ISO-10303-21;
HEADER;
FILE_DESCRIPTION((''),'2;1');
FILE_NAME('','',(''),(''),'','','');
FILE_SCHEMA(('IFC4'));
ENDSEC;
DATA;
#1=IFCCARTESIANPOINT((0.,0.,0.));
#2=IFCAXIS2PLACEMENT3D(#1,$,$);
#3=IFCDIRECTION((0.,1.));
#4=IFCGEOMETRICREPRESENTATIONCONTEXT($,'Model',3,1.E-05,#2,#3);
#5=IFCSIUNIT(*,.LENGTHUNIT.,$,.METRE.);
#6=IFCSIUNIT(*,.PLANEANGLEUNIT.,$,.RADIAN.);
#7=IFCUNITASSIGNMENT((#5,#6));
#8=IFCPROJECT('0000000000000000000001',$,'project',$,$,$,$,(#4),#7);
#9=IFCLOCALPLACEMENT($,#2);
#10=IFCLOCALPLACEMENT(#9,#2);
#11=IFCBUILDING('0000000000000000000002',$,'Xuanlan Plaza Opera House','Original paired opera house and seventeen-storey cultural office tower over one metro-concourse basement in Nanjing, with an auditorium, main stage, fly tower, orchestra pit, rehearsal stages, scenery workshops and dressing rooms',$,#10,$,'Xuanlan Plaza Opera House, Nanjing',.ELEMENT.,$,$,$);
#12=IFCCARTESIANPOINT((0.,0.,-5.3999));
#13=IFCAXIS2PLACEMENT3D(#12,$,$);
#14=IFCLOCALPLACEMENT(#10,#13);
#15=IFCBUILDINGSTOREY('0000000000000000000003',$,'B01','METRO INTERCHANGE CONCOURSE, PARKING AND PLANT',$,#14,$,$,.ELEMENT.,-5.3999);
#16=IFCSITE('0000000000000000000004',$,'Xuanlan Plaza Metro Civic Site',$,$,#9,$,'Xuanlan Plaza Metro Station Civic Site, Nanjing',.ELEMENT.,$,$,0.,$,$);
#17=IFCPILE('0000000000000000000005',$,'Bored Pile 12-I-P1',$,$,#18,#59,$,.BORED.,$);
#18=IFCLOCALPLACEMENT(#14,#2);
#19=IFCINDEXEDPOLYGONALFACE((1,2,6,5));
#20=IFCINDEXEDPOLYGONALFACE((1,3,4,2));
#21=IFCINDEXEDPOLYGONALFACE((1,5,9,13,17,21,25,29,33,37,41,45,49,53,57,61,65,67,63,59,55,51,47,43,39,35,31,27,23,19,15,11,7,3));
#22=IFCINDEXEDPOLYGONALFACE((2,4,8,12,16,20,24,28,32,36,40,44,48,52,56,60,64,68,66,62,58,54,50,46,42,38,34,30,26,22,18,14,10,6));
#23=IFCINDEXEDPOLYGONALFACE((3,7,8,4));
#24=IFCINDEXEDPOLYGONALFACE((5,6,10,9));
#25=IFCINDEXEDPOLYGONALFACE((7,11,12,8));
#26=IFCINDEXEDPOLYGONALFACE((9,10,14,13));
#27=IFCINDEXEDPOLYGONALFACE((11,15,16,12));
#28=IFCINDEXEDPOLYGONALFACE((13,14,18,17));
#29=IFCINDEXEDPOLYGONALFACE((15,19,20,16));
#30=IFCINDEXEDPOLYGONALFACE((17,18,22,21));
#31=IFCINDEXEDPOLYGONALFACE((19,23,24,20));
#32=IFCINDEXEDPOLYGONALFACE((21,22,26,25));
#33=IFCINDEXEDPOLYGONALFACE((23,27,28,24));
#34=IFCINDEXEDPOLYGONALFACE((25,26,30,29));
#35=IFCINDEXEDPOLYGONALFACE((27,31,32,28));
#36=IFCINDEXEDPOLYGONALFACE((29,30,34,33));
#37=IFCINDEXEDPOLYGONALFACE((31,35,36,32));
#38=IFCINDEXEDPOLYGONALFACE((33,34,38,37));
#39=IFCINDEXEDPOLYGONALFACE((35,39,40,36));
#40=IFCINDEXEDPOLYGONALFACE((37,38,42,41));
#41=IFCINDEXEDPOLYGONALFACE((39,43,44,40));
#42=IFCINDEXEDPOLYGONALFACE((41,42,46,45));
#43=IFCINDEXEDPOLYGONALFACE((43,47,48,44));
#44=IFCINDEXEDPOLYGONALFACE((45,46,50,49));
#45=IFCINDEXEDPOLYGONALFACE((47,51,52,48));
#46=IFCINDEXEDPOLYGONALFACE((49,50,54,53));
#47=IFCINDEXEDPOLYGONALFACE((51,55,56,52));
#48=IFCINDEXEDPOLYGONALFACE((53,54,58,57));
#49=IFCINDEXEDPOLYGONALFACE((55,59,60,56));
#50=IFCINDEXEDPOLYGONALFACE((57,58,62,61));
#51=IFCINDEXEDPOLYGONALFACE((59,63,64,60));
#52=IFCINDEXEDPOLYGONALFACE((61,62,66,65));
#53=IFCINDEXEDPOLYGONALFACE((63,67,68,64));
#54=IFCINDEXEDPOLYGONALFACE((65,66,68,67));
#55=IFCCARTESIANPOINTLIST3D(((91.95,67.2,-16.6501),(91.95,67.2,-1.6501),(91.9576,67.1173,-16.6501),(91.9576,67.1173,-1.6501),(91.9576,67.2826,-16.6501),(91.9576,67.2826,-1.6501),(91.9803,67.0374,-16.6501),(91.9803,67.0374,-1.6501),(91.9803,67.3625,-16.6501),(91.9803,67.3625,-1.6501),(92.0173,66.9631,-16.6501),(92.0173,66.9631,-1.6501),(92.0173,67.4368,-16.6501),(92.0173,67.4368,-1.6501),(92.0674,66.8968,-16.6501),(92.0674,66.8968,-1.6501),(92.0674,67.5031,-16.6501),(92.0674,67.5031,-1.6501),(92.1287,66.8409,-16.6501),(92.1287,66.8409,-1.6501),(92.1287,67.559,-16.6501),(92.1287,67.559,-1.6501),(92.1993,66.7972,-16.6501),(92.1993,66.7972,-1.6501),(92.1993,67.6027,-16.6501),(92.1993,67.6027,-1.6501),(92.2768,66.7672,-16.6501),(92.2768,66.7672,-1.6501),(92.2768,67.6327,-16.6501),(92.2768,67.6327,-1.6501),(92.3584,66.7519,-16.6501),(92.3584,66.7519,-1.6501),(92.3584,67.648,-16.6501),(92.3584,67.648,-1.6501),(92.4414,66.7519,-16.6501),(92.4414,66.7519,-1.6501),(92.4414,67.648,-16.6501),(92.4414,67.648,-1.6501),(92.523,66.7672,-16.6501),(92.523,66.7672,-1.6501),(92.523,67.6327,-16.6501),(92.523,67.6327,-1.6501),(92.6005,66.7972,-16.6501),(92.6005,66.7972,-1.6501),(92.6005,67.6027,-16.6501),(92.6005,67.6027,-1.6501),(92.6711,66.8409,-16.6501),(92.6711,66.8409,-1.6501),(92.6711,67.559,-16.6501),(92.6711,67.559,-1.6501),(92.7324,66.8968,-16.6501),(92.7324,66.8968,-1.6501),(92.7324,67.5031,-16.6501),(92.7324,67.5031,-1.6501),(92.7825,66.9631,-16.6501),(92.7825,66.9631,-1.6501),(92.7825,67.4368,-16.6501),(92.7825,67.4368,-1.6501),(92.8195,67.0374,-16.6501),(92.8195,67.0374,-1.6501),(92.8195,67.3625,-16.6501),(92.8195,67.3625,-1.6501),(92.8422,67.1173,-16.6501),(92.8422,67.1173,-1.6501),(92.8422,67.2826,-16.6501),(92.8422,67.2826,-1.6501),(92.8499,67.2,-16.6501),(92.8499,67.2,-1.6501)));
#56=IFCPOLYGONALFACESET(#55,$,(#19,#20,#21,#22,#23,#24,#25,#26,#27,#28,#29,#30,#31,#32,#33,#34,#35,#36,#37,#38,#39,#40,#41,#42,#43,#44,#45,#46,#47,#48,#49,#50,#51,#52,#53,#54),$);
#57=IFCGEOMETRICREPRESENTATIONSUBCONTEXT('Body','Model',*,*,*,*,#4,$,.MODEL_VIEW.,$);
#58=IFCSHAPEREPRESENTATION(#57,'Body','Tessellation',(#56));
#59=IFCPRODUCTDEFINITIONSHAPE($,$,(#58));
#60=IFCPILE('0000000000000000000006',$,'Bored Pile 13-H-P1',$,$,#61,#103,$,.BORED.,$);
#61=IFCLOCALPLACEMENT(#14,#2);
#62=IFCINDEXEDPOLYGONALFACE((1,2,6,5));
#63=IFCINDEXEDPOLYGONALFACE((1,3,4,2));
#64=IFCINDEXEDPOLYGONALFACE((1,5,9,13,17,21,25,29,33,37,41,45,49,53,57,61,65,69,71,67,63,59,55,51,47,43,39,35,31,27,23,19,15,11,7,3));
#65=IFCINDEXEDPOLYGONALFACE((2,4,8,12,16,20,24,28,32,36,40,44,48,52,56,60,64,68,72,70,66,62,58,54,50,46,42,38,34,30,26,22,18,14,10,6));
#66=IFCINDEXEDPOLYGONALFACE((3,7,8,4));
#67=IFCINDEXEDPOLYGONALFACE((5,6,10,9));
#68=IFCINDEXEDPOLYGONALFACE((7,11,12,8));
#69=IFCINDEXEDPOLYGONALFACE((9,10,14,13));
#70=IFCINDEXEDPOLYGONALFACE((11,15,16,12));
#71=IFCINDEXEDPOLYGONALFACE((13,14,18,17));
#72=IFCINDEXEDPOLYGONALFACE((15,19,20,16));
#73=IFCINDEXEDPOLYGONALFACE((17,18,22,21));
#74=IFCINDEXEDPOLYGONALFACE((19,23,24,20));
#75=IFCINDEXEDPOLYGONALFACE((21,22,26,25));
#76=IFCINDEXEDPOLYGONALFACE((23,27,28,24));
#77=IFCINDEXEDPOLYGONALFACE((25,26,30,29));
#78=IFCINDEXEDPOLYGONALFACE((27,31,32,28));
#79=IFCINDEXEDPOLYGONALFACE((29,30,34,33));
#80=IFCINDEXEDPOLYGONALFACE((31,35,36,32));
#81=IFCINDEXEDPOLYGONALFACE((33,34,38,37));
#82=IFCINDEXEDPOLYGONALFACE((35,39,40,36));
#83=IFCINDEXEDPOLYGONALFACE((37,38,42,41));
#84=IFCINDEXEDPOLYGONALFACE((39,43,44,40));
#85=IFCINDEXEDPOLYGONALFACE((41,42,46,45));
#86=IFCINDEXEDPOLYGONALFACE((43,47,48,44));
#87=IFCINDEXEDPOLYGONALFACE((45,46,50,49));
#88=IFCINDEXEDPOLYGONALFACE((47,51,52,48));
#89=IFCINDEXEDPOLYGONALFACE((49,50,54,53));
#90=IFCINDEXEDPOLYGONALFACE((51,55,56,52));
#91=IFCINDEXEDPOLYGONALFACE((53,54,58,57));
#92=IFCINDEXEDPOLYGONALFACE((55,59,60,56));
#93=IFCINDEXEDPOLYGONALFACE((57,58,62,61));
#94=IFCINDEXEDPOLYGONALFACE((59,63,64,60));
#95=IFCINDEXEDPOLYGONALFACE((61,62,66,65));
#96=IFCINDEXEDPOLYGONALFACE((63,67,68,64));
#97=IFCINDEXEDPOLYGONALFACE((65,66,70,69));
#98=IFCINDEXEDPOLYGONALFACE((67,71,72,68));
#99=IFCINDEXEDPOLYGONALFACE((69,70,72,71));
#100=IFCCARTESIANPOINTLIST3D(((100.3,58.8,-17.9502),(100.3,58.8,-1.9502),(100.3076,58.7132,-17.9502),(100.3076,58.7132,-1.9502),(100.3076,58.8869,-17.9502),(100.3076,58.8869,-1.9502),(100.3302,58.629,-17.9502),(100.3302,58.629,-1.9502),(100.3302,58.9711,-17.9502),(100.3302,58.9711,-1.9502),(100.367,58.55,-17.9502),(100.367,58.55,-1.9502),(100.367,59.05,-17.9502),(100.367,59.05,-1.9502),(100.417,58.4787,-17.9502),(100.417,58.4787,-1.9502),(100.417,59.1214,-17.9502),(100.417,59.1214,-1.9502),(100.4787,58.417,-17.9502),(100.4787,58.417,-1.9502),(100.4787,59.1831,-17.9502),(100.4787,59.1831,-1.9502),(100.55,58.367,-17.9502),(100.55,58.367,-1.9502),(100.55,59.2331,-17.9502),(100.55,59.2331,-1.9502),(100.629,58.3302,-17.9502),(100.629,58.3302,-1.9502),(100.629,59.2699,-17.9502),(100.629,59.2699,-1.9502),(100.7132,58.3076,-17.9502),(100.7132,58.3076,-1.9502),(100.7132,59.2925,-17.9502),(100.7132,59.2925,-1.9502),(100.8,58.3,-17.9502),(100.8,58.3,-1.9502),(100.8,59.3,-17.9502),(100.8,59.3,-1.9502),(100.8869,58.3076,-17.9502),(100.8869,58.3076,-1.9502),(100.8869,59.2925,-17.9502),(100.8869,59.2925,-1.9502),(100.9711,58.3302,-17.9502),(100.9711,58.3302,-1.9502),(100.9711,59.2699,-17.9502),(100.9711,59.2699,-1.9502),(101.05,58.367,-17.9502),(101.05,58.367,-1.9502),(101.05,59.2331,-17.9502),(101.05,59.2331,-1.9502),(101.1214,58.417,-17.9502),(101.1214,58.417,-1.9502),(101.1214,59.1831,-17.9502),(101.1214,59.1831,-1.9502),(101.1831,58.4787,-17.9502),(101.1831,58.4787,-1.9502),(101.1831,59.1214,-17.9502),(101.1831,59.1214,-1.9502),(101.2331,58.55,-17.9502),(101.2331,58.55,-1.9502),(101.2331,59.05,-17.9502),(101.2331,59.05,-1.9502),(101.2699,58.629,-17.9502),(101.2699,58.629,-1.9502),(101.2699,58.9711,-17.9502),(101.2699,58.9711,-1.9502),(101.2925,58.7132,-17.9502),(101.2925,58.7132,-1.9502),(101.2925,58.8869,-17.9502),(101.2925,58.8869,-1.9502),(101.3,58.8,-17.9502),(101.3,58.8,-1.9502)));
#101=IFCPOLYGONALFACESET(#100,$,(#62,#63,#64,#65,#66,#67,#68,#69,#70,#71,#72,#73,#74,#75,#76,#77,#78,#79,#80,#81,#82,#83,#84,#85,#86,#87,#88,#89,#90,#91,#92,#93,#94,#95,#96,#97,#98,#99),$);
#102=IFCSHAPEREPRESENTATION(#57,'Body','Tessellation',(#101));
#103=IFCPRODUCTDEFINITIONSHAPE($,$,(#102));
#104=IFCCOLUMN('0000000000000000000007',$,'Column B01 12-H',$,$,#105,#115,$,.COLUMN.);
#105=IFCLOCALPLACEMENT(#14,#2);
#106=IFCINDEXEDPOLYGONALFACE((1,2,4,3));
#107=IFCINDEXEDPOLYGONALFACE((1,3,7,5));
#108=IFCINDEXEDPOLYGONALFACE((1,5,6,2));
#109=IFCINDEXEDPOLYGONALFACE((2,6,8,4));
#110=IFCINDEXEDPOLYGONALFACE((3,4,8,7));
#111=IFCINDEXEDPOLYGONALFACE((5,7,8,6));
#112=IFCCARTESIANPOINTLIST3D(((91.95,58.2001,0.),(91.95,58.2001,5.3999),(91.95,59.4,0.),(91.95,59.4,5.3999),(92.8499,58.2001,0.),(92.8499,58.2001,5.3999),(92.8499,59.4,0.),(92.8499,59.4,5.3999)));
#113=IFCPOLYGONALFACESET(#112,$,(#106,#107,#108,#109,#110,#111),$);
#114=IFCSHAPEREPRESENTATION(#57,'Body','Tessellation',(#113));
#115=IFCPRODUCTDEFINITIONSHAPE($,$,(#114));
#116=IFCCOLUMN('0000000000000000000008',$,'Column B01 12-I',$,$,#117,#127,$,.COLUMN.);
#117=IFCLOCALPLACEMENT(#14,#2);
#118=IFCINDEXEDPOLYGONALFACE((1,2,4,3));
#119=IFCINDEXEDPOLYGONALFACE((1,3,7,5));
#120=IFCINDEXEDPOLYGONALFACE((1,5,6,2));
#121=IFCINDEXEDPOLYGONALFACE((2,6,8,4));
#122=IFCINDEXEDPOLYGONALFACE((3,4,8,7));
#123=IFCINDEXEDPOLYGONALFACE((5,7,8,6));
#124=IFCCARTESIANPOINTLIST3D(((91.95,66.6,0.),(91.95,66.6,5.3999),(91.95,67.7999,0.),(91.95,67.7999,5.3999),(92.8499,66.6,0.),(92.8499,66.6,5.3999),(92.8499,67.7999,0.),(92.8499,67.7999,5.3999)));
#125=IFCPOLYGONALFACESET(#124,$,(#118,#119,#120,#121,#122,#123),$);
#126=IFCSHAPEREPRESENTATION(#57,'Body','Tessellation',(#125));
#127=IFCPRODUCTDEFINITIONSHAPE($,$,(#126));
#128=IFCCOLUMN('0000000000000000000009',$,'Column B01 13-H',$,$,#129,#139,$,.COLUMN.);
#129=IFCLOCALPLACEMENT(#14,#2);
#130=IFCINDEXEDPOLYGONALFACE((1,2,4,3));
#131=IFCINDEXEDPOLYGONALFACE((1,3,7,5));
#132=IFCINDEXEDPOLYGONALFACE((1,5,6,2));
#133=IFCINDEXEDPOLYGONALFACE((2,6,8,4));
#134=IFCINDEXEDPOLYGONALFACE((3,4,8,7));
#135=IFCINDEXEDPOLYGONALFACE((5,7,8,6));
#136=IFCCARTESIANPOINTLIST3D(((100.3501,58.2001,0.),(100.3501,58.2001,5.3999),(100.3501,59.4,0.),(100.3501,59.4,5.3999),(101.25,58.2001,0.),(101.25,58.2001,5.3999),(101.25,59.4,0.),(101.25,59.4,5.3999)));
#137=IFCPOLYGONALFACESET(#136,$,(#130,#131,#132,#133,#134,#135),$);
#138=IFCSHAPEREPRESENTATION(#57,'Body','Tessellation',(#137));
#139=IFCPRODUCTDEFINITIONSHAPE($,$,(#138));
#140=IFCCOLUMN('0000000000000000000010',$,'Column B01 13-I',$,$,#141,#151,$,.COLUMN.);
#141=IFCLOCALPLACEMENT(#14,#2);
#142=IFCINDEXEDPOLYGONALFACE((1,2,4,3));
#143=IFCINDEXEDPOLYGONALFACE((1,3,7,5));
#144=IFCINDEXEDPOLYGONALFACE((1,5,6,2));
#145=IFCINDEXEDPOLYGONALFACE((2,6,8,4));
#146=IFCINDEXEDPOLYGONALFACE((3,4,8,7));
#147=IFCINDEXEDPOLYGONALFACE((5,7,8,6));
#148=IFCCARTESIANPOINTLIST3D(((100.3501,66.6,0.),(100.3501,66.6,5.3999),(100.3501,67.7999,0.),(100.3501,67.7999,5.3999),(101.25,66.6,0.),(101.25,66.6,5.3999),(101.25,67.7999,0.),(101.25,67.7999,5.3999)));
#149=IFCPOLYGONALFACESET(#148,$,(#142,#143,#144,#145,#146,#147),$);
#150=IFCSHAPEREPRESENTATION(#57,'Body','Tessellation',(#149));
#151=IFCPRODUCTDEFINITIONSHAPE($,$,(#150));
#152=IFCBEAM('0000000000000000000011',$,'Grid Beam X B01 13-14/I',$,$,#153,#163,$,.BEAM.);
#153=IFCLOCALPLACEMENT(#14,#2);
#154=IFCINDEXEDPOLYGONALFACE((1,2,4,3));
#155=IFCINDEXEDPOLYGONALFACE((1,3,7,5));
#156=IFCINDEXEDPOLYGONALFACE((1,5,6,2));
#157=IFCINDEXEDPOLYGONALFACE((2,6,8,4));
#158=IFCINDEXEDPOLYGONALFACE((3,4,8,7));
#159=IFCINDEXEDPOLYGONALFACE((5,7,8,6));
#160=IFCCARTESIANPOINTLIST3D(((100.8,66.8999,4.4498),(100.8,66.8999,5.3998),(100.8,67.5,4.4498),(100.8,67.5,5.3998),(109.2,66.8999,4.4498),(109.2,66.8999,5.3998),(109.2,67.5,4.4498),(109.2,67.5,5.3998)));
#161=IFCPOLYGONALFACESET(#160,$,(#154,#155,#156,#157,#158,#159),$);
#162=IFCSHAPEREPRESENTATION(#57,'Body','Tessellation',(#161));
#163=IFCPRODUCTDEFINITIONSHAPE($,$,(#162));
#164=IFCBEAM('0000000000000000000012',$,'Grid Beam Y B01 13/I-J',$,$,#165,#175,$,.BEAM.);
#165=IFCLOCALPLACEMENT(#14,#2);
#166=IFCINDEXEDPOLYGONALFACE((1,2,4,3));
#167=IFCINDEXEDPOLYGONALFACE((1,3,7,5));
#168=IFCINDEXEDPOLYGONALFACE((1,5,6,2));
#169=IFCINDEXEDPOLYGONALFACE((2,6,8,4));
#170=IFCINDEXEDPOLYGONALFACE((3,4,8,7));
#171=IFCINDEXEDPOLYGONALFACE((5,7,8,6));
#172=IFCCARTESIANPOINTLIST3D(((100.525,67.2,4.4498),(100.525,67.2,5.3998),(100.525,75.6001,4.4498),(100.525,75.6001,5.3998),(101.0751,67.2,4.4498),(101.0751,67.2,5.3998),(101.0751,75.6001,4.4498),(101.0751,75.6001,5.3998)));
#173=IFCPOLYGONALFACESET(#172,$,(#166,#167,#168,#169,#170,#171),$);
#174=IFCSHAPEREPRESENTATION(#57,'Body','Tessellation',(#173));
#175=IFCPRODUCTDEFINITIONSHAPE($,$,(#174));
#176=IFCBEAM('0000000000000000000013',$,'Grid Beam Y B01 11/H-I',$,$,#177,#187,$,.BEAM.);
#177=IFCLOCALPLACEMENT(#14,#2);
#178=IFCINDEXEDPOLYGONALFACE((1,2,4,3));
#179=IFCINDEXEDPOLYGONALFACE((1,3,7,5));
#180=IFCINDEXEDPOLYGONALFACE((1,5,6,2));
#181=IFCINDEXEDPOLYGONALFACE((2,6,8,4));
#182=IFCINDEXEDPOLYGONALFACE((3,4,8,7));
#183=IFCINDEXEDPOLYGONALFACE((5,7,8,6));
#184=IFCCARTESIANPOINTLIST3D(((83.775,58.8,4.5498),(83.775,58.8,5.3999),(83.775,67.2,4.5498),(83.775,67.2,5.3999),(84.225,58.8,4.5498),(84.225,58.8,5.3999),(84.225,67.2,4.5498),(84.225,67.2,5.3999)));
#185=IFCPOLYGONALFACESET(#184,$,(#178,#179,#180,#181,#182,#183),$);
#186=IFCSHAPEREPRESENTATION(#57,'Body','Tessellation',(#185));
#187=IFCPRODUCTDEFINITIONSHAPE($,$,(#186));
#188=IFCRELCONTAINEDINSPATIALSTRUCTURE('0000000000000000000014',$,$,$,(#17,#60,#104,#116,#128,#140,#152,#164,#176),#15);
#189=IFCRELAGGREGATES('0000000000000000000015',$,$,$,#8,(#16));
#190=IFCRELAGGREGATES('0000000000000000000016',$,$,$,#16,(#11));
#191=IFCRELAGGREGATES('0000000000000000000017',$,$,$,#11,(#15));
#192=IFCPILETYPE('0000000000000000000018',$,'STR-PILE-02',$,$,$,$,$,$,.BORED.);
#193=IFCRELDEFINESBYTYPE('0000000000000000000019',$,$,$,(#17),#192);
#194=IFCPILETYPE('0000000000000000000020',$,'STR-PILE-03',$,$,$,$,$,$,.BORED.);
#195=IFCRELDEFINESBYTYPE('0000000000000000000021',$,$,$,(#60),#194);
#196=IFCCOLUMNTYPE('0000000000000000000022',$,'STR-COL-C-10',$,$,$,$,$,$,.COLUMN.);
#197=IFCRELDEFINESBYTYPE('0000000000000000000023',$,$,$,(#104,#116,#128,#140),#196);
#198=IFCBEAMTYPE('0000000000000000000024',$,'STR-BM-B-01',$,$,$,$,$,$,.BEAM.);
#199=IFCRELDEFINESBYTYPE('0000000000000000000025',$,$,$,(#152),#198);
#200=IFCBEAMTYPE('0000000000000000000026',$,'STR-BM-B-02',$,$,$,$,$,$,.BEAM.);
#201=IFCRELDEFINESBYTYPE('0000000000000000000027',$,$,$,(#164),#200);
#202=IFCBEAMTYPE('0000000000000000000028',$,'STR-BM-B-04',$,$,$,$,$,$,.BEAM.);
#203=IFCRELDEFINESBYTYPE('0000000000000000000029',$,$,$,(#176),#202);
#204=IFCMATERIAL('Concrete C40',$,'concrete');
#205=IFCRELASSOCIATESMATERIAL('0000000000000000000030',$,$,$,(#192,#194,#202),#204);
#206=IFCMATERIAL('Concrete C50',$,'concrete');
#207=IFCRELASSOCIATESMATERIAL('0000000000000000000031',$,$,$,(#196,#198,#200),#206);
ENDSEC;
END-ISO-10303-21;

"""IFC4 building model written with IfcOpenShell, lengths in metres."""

from ifc_helpers import new_model, si_unit, direction, frame, origin, origin_2d, place, context, subcontext, project, spatial, rectangle, circle, extrude, material, material_profile, profile_set, type_object, element, save


model = new_model("IFC4")

# Units and contexts
model_context = context("Model", 3, precision=1e-05, world=origin(), true_north=direction((0.0, 1.0)))
body_context = subcontext(model_context, "Body", "Model", "MODEL_VIEW")
ifc_project = project(units=[si_unit("LENGTHUNIT", "METRE"), si_unit("PLANEANGLEUNIT", "RADIAN")], contexts=[model_context])

# Site, building, storey
site_placement = place(None, origin())
site = spatial("IfcSite", under=ifc_project, at=site_placement, Name="Xuanlan Plaza Metro Civic Site", LongName="Xuanlan Plaza Metro Station Civic Site, Nanjing", CompositionType="ELEMENT", RefElevation=0.0)
building_placement = place(site_placement, origin())
building = spatial("IfcBuilding", under=site, at=building_placement, Name="Xuanlan Plaza Opera House", Description="Original paired opera house and seventeen-storey cultural office tower over one metro-concourse basement in Nanjing, with an auditorium, main stage, fly tower, orchestra pit, rehearsal stages, scenery workshops and dressing rooms", LongName="Xuanlan Plaza Opera House, Nanjing", CompositionType="ELEMENT")
storey_placement = place(building_placement, frame((0.0, 0.0, -5.3999)))
storey = spatial("IfcBuildingStorey", under=building, at=storey_placement, Name="B01", Description="METRO INTERCHANGE CONCOURSE, PARKING AND PLANT", CompositionType="ELEMENT", Elevation=-5.3999)

# Shared definitions
ifc_material_1 = material(Name="Concrete C40", Category="concrete")
ifc_material_2 = material(Name="Concrete C50", Category="concrete")

# Piles
ifc_material_profile_1 = material_profile(ifc_material_1, circle(Radius=0.45, at=origin_2d()), Name="PILE D900")
ifc_profile_set_1 = profile_set([ifc_material_profile_1], Name="Concrete C40")
pile_type_1 = type_object("IfcPileType", Name="STR-PILE-02", PredefinedType="BORED", material=ifc_profile_set_1)
pile_1_placement = place(storey_placement, frame((92.3999, 67.2, -1.6501), z_axis=(0.0, 0.0, -1.0), x_axis=(1.0, 0.0, 0.0)))
element("IfcPile", 1, at=pile_1_placement, inside=storey, type_object=pile_type_1, Name="Bored Pile 12-I-P1", PredefinedType="BORED", context=body_context, shape_type="SweptSolid", body=[
    extrude(circle(Radius=0.45, at=origin_2d()), origin(), (0.0, 0.0, 1.0), 15.0),
])
ifc_material_profile_2 = material_profile(ifc_material_1, circle(Radius=0.5, at=origin_2d()), Name="PILE D1000")
ifc_profile_set_2 = profile_set([ifc_material_profile_2], Name="Concrete C40")
pile_type_2 = type_object("IfcPileType", Name="STR-PILE-03", PredefinedType="BORED", material=ifc_profile_set_2)
pile_2_placement = place(storey_placement, frame((100.8, 58.8, -1.9502), z_axis=(0.0, 0.0, -1.0), x_axis=(1.0, 0.0, 0.0)))
element("IfcPile", 2, at=pile_2_placement, inside=storey, type_object=pile_type_2, Name="Bored Pile 13-H-P1", PredefinedType="BORED", context=body_context, shape_type="SweptSolid", body=[
    extrude(circle(Radius=0.5, at=origin_2d()), origin(), (0.0, 0.0, 1.0), 16.0),
])

# Columns
ifc_material_profile_3 = material_profile(ifc_material_2, rectangle(XDim=0.8999, YDim=1.2, at=origin_2d()), Name="RC-COL 900x1200")
ifc_profile_set_3 = profile_set([ifc_material_profile_3], Name="Concrete C50")
column_type = type_object("IfcColumnType", Name="STR-COL-C-10", PredefinedType="COLUMN", material=ifc_profile_set_3)
for number, where, z_axis, x_axis, name in (
    (3, (92.3999, 58.8, 0.0), (0.0, 0.0, 1.0), (1.0, 0.0, 0.0), "Column B01 12-H"),
    (4, (92.3999, 67.2, 0.0), (0.0, 0.0, 1.0), (1.0, 0.0, 0.0), "Column B01 12-I"),
    (5, (100.8, 58.8, 0.0), (0.0, 0.0, 1.0), (1.0, 0.0, 0.0), "Column B01 13-H"),
    (6, (100.8, 67.2, 0.0), (0.0, 0.0, 1.0), (1.0, 0.0, 0.0), "Column B01 13-I"),
):
    element("IfcColumn", number, at=place(storey_placement, frame(where, z_axis=z_axis, x_axis=x_axis)), inside=storey, type_object=column_type, Name=name, PredefinedType="COLUMN", context=body_context, shape_type="SweptSolid", body=[
        extrude(rectangle(XDim=0.8999, YDim=1.2, at=origin_2d()), origin(), (0.0, 0.0, 1.0), 5.3999),
    ])

# Beams
ifc_material_profile_4 = material_profile(ifc_material_2, rectangle(XDim=0.6001, YDim=0.95, at=origin_2d()), Name="RC-BM 600x950")
ifc_profile_set_4 = profile_set([ifc_material_profile_4], Name="Concrete C50")
beam_type_1 = type_object("IfcBeamType", Name="STR-BM-B-01", PredefinedType="BEAM", material=ifc_profile_set_4)
beam_1_placement = place(storey_placement, frame((100.8, 67.2, 4.9248), z_axis=(1.0, 0.0, 0.0), x_axis=(0.0, 1.0, 0.0)))
element("IfcBeam", 7, at=beam_1_placement, inside=storey, type_object=beam_type_1, Name="Grid Beam X B01 13-14/I", PredefinedType="BEAM", context=body_context, shape_type="SweptSolid", body=[
    extrude(rectangle(XDim=0.6001, YDim=0.95, at=origin_2d()), origin(), (0.0, 0.0, 1.0), 8.3999),
])
ifc_material_profile_5 = material_profile(ifc_material_2, rectangle(XDim=0.55, YDim=0.95, at=origin_2d()), Name="RC-BM 550x950")
ifc_profile_set_5 = profile_set([ifc_material_profile_5], Name="Concrete C50")
beam_type_2 = type_object("IfcBeamType", Name="STR-BM-B-02", PredefinedType="BEAM", material=ifc_profile_set_5)
beam_2_placement = place(storey_placement, frame((100.8, 67.2, 4.9248), z_axis=(0.0, 1.0, 0.0), x_axis=(-1.0, 0.0, 0.0)))
element("IfcBeam", 8, at=beam_2_placement, inside=storey, type_object=beam_type_2, Name="Grid Beam Y B01 13/I-J", PredefinedType="BEAM", context=body_context, shape_type="SweptSolid", body=[
    extrude(rectangle(XDim=0.55, YDim=0.95, at=origin_2d()), origin(), (0.0, 0.0, 1.0), 8.4001),
])
ifc_material_profile_6 = material_profile(ifc_material_1, rectangle(XDim=0.45, YDim=0.8501, at=origin_2d()), Name="RC-BM 450x850")
ifc_profile_set_6 = profile_set([ifc_material_profile_6], Name="Concrete C40")
beam_type_3 = type_object("IfcBeamType", Name="STR-BM-B-04", PredefinedType="BEAM", material=ifc_profile_set_6)
beam_3_placement = place(storey_placement, frame((84.0, 58.8, 4.9749), z_axis=(0.0, 1.0, 0.0), x_axis=(-1.0, 0.0, 0.0)))
element("IfcBeam", 9, at=beam_3_placement, inside=storey, type_object=beam_type_3, Name="Grid Beam Y B01 11/H-I", PredefinedType="BEAM", context=body_context, shape_type="SweptSolid", body=[
    extrude(rectangle(XDim=0.45, YDim=0.8501, at=origin_2d()), origin(), (0.0, 0.0, 1.0), 8.3999),
])

save(model, "model.ifc")
